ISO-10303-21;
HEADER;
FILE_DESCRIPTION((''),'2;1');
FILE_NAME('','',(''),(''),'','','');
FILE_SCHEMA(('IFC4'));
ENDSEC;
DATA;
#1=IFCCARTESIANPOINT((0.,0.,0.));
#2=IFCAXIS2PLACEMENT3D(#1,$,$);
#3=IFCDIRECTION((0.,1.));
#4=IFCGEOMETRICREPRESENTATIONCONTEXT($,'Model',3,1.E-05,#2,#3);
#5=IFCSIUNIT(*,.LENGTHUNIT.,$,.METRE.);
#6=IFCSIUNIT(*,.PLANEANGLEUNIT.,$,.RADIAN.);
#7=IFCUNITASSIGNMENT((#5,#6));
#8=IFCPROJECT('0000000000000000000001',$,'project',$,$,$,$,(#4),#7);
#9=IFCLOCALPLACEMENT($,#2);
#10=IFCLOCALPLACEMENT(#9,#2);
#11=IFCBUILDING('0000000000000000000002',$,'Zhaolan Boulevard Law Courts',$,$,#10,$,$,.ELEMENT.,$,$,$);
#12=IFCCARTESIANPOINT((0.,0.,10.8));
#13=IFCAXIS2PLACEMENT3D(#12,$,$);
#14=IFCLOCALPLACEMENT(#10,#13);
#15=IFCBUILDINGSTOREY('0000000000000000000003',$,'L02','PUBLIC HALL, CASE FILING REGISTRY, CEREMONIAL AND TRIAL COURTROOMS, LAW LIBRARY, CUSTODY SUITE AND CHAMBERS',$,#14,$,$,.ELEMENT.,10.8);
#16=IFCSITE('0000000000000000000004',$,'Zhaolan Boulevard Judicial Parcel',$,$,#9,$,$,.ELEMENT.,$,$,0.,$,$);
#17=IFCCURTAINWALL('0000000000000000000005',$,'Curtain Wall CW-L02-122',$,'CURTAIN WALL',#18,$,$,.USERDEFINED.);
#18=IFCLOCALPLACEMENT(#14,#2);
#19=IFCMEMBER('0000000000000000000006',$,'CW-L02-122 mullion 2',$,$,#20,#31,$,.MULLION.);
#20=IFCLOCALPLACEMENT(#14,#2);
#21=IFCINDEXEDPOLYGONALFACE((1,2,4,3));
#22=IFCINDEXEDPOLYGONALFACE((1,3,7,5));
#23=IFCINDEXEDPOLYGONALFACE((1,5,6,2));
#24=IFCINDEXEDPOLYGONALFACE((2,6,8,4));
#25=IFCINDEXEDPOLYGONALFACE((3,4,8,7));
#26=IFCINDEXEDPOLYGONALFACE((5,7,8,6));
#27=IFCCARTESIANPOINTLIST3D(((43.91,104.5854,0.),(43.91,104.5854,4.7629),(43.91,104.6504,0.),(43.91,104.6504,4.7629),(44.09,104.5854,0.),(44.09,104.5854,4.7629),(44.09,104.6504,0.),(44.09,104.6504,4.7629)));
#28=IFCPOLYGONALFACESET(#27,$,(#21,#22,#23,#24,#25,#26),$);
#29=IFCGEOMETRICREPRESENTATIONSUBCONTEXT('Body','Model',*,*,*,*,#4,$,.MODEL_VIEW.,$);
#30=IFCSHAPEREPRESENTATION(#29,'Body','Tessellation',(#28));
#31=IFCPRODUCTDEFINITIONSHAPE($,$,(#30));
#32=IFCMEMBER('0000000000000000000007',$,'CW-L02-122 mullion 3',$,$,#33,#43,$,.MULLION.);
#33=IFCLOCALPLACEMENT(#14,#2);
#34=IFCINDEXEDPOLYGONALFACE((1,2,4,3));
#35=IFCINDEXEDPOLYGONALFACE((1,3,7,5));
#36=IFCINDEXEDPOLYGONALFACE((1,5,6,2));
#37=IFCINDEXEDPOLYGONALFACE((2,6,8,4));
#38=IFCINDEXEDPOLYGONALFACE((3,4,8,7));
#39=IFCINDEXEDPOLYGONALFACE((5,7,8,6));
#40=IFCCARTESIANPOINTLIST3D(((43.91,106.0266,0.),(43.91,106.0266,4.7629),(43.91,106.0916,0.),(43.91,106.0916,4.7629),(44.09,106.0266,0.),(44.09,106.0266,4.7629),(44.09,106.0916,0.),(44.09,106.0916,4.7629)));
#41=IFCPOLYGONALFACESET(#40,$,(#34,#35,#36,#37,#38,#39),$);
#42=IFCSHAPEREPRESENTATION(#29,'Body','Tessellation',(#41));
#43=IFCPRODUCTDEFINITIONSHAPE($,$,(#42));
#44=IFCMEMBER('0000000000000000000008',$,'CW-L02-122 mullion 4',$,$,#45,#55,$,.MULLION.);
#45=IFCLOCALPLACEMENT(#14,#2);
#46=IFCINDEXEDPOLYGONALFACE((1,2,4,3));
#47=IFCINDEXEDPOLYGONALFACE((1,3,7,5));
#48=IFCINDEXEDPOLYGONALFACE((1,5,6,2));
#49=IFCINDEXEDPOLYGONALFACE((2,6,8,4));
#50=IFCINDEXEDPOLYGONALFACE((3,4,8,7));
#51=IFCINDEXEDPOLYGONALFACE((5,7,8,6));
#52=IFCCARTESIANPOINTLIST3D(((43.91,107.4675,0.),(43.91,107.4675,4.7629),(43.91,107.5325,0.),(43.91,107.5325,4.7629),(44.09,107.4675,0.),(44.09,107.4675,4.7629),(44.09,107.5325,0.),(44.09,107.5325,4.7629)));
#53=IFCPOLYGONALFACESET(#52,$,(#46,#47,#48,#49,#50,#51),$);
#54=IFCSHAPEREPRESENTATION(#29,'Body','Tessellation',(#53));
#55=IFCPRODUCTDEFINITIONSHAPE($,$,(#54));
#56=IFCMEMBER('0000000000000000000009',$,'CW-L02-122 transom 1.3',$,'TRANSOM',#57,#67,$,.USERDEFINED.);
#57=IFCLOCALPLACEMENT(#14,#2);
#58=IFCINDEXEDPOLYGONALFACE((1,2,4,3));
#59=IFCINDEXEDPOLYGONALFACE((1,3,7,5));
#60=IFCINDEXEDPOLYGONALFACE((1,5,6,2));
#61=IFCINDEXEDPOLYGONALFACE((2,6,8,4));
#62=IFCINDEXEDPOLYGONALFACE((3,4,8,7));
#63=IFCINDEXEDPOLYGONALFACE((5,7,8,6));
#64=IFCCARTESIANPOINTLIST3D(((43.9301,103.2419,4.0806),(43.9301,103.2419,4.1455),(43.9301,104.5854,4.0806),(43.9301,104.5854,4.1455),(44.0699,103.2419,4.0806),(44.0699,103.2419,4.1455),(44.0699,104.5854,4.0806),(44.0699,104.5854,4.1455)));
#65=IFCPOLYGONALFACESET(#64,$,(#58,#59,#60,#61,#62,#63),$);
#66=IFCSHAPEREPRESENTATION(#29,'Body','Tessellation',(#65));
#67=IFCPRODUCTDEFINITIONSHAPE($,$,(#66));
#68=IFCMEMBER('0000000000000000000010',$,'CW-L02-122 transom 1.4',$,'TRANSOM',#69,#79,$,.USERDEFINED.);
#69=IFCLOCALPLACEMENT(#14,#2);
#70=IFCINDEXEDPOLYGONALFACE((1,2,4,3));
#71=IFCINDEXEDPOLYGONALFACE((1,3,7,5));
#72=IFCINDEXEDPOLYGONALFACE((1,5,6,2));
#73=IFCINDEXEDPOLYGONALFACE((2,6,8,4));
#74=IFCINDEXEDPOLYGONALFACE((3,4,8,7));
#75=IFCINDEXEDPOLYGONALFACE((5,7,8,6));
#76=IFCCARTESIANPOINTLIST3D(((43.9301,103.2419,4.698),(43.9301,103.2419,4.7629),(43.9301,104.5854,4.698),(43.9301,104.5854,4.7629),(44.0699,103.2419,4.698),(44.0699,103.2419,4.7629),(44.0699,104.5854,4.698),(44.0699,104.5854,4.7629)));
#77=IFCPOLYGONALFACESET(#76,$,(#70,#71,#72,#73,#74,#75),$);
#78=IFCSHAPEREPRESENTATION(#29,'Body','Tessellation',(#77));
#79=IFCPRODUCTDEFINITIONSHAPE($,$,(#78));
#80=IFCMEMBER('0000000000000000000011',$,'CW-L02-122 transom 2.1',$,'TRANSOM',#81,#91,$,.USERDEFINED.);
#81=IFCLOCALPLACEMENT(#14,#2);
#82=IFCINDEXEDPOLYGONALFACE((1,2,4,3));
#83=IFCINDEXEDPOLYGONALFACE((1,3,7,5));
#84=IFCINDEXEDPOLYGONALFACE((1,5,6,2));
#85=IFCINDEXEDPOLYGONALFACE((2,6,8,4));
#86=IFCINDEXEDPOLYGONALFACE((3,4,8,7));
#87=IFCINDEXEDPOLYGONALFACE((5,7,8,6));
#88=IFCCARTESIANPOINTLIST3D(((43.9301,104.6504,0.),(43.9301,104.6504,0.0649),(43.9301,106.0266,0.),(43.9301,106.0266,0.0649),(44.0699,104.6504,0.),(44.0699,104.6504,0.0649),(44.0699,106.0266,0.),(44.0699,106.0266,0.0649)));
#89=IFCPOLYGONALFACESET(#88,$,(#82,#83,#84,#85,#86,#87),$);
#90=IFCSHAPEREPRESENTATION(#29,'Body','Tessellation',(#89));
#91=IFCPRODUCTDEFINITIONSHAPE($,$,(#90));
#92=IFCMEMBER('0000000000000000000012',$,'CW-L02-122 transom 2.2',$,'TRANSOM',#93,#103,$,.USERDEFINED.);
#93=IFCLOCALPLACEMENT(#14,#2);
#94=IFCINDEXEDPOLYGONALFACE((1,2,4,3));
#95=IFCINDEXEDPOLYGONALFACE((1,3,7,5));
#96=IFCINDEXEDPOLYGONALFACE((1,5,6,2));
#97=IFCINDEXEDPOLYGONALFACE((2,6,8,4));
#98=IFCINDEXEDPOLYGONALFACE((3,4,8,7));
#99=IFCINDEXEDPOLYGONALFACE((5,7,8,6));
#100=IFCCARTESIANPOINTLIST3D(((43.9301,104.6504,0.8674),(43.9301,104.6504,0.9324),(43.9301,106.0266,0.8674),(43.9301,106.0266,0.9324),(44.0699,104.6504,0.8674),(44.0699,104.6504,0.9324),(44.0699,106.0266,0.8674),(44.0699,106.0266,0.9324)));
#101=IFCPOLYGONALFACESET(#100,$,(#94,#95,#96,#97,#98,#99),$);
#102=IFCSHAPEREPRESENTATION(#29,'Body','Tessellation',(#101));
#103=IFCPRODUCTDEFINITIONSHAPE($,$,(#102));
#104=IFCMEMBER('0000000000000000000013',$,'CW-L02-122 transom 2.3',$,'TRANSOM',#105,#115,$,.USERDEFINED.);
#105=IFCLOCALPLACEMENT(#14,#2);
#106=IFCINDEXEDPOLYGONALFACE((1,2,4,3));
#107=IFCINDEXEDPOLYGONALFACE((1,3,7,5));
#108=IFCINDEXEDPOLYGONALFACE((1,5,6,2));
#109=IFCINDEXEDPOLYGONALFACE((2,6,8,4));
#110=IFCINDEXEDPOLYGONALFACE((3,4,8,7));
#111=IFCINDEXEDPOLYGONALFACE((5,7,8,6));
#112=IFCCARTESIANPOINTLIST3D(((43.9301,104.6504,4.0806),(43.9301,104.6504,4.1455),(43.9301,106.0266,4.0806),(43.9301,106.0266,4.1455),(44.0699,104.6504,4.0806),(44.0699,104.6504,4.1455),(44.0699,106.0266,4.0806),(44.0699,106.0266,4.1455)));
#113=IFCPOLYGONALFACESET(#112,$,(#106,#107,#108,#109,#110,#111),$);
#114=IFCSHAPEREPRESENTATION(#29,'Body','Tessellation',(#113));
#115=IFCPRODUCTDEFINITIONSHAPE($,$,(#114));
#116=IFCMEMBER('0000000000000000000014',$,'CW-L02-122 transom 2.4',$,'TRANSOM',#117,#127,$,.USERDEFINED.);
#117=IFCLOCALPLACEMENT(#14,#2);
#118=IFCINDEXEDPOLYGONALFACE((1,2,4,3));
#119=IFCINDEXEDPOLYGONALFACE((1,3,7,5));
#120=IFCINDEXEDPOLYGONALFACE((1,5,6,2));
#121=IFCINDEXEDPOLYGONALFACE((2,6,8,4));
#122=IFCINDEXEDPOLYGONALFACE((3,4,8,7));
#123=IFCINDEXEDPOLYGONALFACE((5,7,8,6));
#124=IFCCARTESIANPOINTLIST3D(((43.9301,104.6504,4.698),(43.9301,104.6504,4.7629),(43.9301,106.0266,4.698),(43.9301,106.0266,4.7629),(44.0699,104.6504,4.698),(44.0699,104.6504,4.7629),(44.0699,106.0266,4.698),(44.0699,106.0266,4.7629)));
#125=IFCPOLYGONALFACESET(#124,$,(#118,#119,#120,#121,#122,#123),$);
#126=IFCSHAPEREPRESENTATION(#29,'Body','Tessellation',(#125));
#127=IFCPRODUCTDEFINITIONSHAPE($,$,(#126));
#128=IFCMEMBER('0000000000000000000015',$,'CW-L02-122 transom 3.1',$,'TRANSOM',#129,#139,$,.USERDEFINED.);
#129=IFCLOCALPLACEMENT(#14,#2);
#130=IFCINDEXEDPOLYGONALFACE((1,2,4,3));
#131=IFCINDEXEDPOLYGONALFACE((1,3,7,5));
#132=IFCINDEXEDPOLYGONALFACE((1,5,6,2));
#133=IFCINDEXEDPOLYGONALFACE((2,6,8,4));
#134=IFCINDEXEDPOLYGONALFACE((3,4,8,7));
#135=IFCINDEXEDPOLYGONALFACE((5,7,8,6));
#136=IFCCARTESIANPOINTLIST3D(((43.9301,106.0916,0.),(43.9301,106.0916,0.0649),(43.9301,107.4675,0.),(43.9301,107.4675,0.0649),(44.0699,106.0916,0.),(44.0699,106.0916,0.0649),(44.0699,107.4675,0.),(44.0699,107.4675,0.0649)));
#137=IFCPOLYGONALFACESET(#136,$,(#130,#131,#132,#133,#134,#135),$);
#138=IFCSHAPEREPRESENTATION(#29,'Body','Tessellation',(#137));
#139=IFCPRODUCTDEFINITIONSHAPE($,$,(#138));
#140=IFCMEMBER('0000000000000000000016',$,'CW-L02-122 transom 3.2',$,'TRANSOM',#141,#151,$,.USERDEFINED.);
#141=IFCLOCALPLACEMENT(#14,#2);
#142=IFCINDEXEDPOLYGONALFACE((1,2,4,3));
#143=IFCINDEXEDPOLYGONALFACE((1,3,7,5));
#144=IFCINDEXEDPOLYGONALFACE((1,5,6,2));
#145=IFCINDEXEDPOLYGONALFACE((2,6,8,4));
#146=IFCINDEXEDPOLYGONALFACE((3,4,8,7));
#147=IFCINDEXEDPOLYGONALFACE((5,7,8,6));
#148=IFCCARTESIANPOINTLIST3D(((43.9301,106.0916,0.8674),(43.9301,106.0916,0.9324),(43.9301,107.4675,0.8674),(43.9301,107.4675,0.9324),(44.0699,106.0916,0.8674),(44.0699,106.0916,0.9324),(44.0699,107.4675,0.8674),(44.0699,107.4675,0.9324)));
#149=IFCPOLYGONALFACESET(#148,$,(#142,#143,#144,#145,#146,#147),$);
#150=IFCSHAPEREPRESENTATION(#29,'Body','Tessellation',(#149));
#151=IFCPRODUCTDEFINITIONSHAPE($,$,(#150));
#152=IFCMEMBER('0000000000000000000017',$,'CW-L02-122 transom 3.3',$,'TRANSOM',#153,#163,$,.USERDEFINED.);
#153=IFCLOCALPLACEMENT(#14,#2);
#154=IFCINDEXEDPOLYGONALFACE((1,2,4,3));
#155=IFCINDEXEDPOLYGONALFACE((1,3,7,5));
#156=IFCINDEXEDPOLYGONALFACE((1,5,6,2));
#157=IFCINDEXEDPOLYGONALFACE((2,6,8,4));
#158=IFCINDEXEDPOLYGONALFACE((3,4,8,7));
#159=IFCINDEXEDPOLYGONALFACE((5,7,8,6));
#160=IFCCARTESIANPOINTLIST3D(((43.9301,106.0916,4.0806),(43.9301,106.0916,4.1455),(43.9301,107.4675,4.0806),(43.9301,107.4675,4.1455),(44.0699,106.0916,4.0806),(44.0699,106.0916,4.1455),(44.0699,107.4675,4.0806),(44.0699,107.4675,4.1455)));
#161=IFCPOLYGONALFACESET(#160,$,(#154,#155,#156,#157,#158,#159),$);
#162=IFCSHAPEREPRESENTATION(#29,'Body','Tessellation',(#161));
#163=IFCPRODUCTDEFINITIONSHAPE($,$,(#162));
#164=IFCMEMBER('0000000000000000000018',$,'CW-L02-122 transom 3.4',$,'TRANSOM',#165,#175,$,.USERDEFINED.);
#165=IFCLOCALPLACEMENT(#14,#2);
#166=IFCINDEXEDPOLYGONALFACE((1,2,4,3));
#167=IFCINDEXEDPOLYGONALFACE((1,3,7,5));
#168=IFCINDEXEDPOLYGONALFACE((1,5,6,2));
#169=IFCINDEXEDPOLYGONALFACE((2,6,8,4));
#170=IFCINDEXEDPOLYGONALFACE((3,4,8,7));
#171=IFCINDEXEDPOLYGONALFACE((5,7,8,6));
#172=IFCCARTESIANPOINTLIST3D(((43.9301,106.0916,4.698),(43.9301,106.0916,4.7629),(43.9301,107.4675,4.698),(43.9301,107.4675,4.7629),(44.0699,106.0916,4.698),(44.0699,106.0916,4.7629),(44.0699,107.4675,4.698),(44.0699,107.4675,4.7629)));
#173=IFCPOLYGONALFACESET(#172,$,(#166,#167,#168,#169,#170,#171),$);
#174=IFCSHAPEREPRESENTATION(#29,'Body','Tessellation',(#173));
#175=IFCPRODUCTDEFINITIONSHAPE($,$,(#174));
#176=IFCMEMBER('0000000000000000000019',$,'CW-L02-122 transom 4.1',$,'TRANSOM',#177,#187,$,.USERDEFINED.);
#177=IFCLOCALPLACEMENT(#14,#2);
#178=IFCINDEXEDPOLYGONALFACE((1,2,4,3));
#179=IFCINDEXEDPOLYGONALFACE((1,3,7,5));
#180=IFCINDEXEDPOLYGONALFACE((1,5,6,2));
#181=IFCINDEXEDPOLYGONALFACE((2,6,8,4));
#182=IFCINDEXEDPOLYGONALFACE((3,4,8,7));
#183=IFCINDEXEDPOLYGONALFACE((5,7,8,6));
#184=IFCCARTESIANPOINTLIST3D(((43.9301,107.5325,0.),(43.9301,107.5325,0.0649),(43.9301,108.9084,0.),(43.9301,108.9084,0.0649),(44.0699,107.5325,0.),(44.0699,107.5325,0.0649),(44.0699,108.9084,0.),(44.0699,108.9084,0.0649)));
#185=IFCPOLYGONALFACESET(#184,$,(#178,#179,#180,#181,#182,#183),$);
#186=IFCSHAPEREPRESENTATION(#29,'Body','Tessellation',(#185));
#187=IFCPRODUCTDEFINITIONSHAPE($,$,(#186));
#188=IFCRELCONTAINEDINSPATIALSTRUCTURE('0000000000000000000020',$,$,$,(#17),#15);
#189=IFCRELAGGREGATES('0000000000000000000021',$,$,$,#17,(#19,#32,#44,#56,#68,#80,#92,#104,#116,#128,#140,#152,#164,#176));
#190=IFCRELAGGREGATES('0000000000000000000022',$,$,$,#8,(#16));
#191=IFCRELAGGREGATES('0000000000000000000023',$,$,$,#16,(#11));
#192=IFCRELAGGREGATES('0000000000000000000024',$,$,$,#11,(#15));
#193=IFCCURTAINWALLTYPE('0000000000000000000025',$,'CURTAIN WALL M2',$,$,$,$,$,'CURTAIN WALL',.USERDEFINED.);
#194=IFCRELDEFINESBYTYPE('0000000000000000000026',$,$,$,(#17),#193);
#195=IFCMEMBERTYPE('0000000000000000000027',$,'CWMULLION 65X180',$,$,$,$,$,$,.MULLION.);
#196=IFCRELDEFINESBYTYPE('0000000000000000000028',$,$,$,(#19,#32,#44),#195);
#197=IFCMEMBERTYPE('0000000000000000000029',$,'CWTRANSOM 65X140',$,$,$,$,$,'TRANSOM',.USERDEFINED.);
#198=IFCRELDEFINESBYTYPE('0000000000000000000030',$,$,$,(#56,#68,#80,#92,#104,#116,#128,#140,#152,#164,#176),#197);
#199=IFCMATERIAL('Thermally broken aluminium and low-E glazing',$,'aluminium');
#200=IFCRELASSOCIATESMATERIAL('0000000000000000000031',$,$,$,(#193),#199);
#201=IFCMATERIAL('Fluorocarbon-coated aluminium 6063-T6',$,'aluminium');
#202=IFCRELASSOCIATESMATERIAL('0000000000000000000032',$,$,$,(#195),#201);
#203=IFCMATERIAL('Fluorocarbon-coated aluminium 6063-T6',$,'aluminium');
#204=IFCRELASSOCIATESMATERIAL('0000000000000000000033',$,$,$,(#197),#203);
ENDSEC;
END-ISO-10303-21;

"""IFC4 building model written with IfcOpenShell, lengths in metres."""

from ifc_helpers import new_model, si_unit, direction, frame, origin, origin_2d, place, context, subcontext, project, spatial, rectangle, extrude, material, material_profile, profile_set, type_object, element, aggregate, save


model = new_model("IFC4")

# Units and contexts
model_context = context("Model", 3, precision=1e-05, world=origin(), true_north=direction((0.0, 1.0)))
body_context = subcontext(model_context, "Body", "Model", "MODEL_VIEW")
ifc_project = project(units=[si_unit("LENGTHUNIT", "METRE"), si_unit("PLANEANGLEUNIT", "RADIAN")], contexts=[model_context])

# Site, building, storey
site_placement = place(None, origin())
site = spatial("IfcSite", under=ifc_project, at=site_placement, Name="Zhaolan Boulevard Judicial Parcel", CompositionType="ELEMENT", RefElevation=0.0)
building_placement = place(site_placement, origin())
building = spatial("IfcBuilding", under=site, at=building_placement, Name="Zhaolan Boulevard Law Courts", CompositionType="ELEMENT")
storey_placement = place(building_placement, frame((0.0, 0.0, 10.8)))
storey = spatial("IfcBuildingStorey", under=building, at=storey_placement, Name="L02", Description="PUBLIC HALL, CASE FILING REGISTRY, CEREMONIAL AND TRIAL COURTROOMS, LAW LIBRARY, CUSTODY SUITE AND CHAMBERS", CompositionType="ELEMENT", Elevation=10.8)

# Curtain wall, members
ifc_material_1 = material(Name="Thermally broken aluminium and low-E glazing", Category="aluminium")
curtain_wall_type = type_object("IfcCurtainWallType", Name="CURTAIN WALL M2", ElementType="CURTAIN WALL", PredefinedType="USERDEFINED", material=ifc_material_1)
curtain_wall_placement = place(storey_placement, origin())
curtain_wall = element("IfcCurtainWall", 1, at=curtain_wall_placement, inside=storey, type_object=curtain_wall_type, Name="Curtain Wall CW-L02-122", ObjectType="CURTAIN WALL", PredefinedType="USERDEFINED")
ifc_material_2 = material(Name="Fluorocarbon-coated aluminium 6063-T6", Category="aluminium")
ifc_material_profile_1 = material_profile(ifc_material_2, rectangle(XDim=0.1799, YDim=0.0649, at=origin_2d()), Name="AL65x180")
ifc_profile_set_1 = profile_set([ifc_material_profile_1], Name="Fluorocarbon-coated aluminium 6063-T6")
member_type_1 = type_object("IfcMemberType", Name="CWMULLION 65X180", PredefinedType="MULLION", material=ifc_profile_set_1)
member_1_placement = place(storey_placement, frame((44.0, 104.6179, 0.0), z_axis=(0.0, 0.0, 1.0), x_axis=(-1.0, 0.0, 0.0)))
member_1 = element("IfcMember", 2, at=member_1_placement, type_object=member_type_1, Name="CW-L02-122 mullion 2", PredefinedType="MULLION", context=body_context, shape_type="SweptSolid", body=[
    extrude(rectangle(XDim=0.1799, YDim=0.0649, at=origin_2d()), origin(), (0.0, 0.0, 1.0), 4.7629),
])
member_2_placement = place(storey_placement, frame((44.0, 106.0591, 0.0), z_axis=(0.0, 0.0, 1.0), x_axis=(-1.0, 0.0, 0.0)))
member_2 = element("IfcMember", 3, at=member_2_placement, type_object=member_type_1, Name="CW-L02-122 mullion 3", PredefinedType="MULLION", context=body_context, shape_type="SweptSolid", body=[
    extrude(rectangle(XDim=0.1799, YDim=0.0649, at=origin_2d()), origin(), (0.0, 0.0, 1.0), 4.7629),
])
member_3_placement = place(storey_placement, frame((44.0, 107.5, 0.0), z_axis=(0.0, 0.0, 1.0), x_axis=(-1.0, 0.0, 0.0)))
member_3 = element("IfcMember", 4, at=member_3_placement, type_object=member_type_1, Name="CW-L02-122 mullion 4", PredefinedType="MULLION", context=body_context, shape_type="SweptSolid", body=[
    extrude(rectangle(XDim=0.1799, YDim=0.0649, at=origin_2d()), origin(), (0.0, 0.0, 1.0), 4.7629),
])
ifc_material_3 = material(Name="Fluorocarbon-coated aluminium 6063-T6", Category="aluminium")
ifc_material_profile_2 = material_profile(ifc_material_3, rectangle(XDim=0.1399, YDim=0.0649, at=origin_2d()), Name="AL65x140")
ifc_profile_set_2 = profile_set([ifc_material_profile_2], Name="Fluorocarbon-coated aluminium 6063-T6")
member_type_2 = type_object("IfcMemberType", Name="CWTRANSOM 65X140", ElementType="TRANSOM", PredefinedType="USERDEFINED", material=ifc_profile_set_2)
member_4_placement = place(storey_placement, frame((44.0, 103.2419, 4.113), z_axis=(0.0, 1.0, 0.0), x_axis=(-1.0, 0.0, 0.0)))
member_4 = element("IfcMember", 5, at=member_4_placement, type_object=member_type_2, Name="CW-L02-122 transom 1.3", ObjectType="TRANSOM", PredefinedType="USERDEFINED", context=body_context, shape_type="SweptSolid", body=[
    extrude(rectangle(XDim=0.1399, YDim=0.0649, at=origin_2d()), origin(), (0.0, 0.0, 1.0), 1.3435),
])
member_5_placement = place(storey_placement, frame((44.0, 103.2419, 4.7305), z_axis=(0.0, 1.0, 0.0), x_axis=(-1.0, 0.0, 0.0)))
member_5 = element("IfcMember", 6, at=member_5_placement, type_object=member_type_2, Name="CW-L02-122 transom 1.4", ObjectType="TRANSOM", PredefinedType="USERDEFINED", context=body_context, shape_type="SweptSolid", body=[
    extrude(rectangle(XDim=0.1399, YDim=0.0649, at=origin_2d()), origin(), (0.0, 0.0, 1.0), 1.3435),
])
member_6_placement = place(storey_placement, frame((44.0, 104.6504, 0.0325), z_axis=(0.0, 1.0, 0.0), x_axis=(-1.0, 0.0, 0.0)))
member_6 = element("IfcMember", 7, at=member_6_placement, type_object=member_type_2, Name="CW-L02-122 transom 2.1", ObjectType="TRANSOM", PredefinedType="USERDEFINED", context=body_context, shape_type="SweptSolid", body=[
    extrude(rectangle(XDim=0.1399, YDim=0.0649, at=origin_2d()), origin(), (0.0, 0.0, 1.0), 1.3762),
])
member_7_placement = place(storey_placement, frame((44.0, 104.6504, 0.8999), z_axis=(0.0, 1.0, 0.0), x_axis=(-1.0, 0.0, 0.0)))
member_7 = element("IfcMember", 8, at=member_7_placement, type_object=member_type_2, Name="CW-L02-122 transom 2.2", ObjectType="TRANSOM", PredefinedType="USERDEFINED", context=body_context, shape_type="SweptSolid", body=[
    extrude(rectangle(XDim=0.1399, YDim=0.0649, at=origin_2d()), origin(), (0.0, 0.0, 1.0), 1.3762),
])
member_8_placement = place(storey_placement, frame((44.0, 104.6504, 4.113), z_axis=(0.0, 1.0, 0.0), x_axis=(-1.0, 0.0, 0.0)))
member_8 = element("IfcMember", 9, at=member_8_placement, type_object=member_type_2, Name="CW-L02-122 transom 2.3", ObjectType="TRANSOM", PredefinedType="USERDEFINED", context=body_context, shape_type="SweptSolid", body=[
    extrude(rectangle(XDim=0.1399, YDim=0.0649, at=origin_2d()), origin(), (0.0, 0.0, 1.0), 1.3762),
])
member_9_placement = place(storey_placement, frame((44.0, 104.6504, 4.7305), z_axis=(0.0, 1.0, 0.0), x_axis=(-1.0, 0.0, 0.0)))
member_9 = element("IfcMember", 10, at=member_9_placement, type_object=member_type_2, Name="CW-L02-122 transom 2.4", ObjectType="TRANSOM", PredefinedType="USERDEFINED", context=body_context, shape_type="SweptSolid", body=[
    extrude(rectangle(XDim=0.1399, YDim=0.0649, at=origin_2d()), origin(), (0.0, 0.0, 1.0), 1.3762),
])
member_10_placement = place(storey_placement, frame((44.0, 106.0916, 0.0325), z_axis=(0.0, 1.0, 0.0), x_axis=(-1.0, 0.0, 0.0)))
member_10 = element("IfcMember", 11, at=member_10_placement, type_object=member_type_2, Name="CW-L02-122 transom 3.1", ObjectType="TRANSOM", PredefinedType="USERDEFINED", context=body_context, shape_type="SweptSolid", body=[
    extrude(rectangle(XDim=0.1399, YDim=0.0649, at=origin_2d()), origin(), (0.0, 0.0, 1.0), 1.376),
])
member_11_placement = place(storey_placement, frame((44.0, 106.0916, 0.8999), z_axis=(0.0, 1.0, 0.0), x_axis=(-1.0, 0.0, 0.0)))
member_11 = element("IfcMember", 12, at=member_11_placement, type_object=member_type_2, Name="CW-L02-122 transom 3.2", ObjectType="TRANSOM", PredefinedType="USERDEFINED", context=body_context, shape_type="SweptSolid", body=[
    extrude(rectangle(XDim=0.1399, YDim=0.0649, at=origin_2d()), origin(), (0.0, 0.0, 1.0), 1.376),
])
member_12_placement = place(storey_placement, frame((44.0, 106.0916, 4.113), z_axis=(0.0, 1.0, 0.0), x_axis=(-1.0, 0.0, 0.0)))
member_12 = element("IfcMember", 13, at=member_12_placement, type_object=member_type_2, Name="CW-L02-122 transom 3.3", ObjectType="TRANSOM", PredefinedType="USERDEFINED", context=body_context, shape_type="SweptSolid", body=[
    extrude(rectangle(XDim=0.1399, YDim=0.0649, at=origin_2d()), origin(), (0.0, 0.0, 1.0), 1.376),
])
member_13_placement = place(storey_placement, frame((44.0, 106.0916, 4.7305), z_axis=(0.0, 1.0, 0.0), x_axis=(-1.0, 0.0, 0.0)))
member_13 = element("IfcMember", 14, at=member_13_placement, type_object=member_type_2, Name="CW-L02-122 transom 3.4", ObjectType="TRANSOM", PredefinedType="USERDEFINED", context=body_context, shape_type="SweptSolid", body=[
    extrude(rectangle(XDim=0.1399, YDim=0.0649, at=origin_2d()), origin(), (0.0, 0.0, 1.0), 1.376),
])
member_14_placement = place(storey_placement, frame((44.0, 107.5325, 0.0325), z_axis=(0.0, 1.0, 0.0), x_axis=(-1.0, 0.0, 0.0)))
member_14 = element("IfcMember", 15, at=member_14_placement, type_object=member_type_2, Name="CW-L02-122 transom 4.1", ObjectType="TRANSOM", PredefinedType="USERDEFINED", context=body_context, shape_type="SweptSolid", body=[
    extrude(rectangle(XDim=0.1399, YDim=0.0649, at=origin_2d()), origin(), (0.0, 0.0, 1.0), 1.376),
])
aggregate(curtain_wall, [member_1, member_2, member_3, member_4, member_5, member_6, member_7, member_8, member_9, member_10, member_11, member_12, member_13, member_14])

save(model, "model.ifc")
